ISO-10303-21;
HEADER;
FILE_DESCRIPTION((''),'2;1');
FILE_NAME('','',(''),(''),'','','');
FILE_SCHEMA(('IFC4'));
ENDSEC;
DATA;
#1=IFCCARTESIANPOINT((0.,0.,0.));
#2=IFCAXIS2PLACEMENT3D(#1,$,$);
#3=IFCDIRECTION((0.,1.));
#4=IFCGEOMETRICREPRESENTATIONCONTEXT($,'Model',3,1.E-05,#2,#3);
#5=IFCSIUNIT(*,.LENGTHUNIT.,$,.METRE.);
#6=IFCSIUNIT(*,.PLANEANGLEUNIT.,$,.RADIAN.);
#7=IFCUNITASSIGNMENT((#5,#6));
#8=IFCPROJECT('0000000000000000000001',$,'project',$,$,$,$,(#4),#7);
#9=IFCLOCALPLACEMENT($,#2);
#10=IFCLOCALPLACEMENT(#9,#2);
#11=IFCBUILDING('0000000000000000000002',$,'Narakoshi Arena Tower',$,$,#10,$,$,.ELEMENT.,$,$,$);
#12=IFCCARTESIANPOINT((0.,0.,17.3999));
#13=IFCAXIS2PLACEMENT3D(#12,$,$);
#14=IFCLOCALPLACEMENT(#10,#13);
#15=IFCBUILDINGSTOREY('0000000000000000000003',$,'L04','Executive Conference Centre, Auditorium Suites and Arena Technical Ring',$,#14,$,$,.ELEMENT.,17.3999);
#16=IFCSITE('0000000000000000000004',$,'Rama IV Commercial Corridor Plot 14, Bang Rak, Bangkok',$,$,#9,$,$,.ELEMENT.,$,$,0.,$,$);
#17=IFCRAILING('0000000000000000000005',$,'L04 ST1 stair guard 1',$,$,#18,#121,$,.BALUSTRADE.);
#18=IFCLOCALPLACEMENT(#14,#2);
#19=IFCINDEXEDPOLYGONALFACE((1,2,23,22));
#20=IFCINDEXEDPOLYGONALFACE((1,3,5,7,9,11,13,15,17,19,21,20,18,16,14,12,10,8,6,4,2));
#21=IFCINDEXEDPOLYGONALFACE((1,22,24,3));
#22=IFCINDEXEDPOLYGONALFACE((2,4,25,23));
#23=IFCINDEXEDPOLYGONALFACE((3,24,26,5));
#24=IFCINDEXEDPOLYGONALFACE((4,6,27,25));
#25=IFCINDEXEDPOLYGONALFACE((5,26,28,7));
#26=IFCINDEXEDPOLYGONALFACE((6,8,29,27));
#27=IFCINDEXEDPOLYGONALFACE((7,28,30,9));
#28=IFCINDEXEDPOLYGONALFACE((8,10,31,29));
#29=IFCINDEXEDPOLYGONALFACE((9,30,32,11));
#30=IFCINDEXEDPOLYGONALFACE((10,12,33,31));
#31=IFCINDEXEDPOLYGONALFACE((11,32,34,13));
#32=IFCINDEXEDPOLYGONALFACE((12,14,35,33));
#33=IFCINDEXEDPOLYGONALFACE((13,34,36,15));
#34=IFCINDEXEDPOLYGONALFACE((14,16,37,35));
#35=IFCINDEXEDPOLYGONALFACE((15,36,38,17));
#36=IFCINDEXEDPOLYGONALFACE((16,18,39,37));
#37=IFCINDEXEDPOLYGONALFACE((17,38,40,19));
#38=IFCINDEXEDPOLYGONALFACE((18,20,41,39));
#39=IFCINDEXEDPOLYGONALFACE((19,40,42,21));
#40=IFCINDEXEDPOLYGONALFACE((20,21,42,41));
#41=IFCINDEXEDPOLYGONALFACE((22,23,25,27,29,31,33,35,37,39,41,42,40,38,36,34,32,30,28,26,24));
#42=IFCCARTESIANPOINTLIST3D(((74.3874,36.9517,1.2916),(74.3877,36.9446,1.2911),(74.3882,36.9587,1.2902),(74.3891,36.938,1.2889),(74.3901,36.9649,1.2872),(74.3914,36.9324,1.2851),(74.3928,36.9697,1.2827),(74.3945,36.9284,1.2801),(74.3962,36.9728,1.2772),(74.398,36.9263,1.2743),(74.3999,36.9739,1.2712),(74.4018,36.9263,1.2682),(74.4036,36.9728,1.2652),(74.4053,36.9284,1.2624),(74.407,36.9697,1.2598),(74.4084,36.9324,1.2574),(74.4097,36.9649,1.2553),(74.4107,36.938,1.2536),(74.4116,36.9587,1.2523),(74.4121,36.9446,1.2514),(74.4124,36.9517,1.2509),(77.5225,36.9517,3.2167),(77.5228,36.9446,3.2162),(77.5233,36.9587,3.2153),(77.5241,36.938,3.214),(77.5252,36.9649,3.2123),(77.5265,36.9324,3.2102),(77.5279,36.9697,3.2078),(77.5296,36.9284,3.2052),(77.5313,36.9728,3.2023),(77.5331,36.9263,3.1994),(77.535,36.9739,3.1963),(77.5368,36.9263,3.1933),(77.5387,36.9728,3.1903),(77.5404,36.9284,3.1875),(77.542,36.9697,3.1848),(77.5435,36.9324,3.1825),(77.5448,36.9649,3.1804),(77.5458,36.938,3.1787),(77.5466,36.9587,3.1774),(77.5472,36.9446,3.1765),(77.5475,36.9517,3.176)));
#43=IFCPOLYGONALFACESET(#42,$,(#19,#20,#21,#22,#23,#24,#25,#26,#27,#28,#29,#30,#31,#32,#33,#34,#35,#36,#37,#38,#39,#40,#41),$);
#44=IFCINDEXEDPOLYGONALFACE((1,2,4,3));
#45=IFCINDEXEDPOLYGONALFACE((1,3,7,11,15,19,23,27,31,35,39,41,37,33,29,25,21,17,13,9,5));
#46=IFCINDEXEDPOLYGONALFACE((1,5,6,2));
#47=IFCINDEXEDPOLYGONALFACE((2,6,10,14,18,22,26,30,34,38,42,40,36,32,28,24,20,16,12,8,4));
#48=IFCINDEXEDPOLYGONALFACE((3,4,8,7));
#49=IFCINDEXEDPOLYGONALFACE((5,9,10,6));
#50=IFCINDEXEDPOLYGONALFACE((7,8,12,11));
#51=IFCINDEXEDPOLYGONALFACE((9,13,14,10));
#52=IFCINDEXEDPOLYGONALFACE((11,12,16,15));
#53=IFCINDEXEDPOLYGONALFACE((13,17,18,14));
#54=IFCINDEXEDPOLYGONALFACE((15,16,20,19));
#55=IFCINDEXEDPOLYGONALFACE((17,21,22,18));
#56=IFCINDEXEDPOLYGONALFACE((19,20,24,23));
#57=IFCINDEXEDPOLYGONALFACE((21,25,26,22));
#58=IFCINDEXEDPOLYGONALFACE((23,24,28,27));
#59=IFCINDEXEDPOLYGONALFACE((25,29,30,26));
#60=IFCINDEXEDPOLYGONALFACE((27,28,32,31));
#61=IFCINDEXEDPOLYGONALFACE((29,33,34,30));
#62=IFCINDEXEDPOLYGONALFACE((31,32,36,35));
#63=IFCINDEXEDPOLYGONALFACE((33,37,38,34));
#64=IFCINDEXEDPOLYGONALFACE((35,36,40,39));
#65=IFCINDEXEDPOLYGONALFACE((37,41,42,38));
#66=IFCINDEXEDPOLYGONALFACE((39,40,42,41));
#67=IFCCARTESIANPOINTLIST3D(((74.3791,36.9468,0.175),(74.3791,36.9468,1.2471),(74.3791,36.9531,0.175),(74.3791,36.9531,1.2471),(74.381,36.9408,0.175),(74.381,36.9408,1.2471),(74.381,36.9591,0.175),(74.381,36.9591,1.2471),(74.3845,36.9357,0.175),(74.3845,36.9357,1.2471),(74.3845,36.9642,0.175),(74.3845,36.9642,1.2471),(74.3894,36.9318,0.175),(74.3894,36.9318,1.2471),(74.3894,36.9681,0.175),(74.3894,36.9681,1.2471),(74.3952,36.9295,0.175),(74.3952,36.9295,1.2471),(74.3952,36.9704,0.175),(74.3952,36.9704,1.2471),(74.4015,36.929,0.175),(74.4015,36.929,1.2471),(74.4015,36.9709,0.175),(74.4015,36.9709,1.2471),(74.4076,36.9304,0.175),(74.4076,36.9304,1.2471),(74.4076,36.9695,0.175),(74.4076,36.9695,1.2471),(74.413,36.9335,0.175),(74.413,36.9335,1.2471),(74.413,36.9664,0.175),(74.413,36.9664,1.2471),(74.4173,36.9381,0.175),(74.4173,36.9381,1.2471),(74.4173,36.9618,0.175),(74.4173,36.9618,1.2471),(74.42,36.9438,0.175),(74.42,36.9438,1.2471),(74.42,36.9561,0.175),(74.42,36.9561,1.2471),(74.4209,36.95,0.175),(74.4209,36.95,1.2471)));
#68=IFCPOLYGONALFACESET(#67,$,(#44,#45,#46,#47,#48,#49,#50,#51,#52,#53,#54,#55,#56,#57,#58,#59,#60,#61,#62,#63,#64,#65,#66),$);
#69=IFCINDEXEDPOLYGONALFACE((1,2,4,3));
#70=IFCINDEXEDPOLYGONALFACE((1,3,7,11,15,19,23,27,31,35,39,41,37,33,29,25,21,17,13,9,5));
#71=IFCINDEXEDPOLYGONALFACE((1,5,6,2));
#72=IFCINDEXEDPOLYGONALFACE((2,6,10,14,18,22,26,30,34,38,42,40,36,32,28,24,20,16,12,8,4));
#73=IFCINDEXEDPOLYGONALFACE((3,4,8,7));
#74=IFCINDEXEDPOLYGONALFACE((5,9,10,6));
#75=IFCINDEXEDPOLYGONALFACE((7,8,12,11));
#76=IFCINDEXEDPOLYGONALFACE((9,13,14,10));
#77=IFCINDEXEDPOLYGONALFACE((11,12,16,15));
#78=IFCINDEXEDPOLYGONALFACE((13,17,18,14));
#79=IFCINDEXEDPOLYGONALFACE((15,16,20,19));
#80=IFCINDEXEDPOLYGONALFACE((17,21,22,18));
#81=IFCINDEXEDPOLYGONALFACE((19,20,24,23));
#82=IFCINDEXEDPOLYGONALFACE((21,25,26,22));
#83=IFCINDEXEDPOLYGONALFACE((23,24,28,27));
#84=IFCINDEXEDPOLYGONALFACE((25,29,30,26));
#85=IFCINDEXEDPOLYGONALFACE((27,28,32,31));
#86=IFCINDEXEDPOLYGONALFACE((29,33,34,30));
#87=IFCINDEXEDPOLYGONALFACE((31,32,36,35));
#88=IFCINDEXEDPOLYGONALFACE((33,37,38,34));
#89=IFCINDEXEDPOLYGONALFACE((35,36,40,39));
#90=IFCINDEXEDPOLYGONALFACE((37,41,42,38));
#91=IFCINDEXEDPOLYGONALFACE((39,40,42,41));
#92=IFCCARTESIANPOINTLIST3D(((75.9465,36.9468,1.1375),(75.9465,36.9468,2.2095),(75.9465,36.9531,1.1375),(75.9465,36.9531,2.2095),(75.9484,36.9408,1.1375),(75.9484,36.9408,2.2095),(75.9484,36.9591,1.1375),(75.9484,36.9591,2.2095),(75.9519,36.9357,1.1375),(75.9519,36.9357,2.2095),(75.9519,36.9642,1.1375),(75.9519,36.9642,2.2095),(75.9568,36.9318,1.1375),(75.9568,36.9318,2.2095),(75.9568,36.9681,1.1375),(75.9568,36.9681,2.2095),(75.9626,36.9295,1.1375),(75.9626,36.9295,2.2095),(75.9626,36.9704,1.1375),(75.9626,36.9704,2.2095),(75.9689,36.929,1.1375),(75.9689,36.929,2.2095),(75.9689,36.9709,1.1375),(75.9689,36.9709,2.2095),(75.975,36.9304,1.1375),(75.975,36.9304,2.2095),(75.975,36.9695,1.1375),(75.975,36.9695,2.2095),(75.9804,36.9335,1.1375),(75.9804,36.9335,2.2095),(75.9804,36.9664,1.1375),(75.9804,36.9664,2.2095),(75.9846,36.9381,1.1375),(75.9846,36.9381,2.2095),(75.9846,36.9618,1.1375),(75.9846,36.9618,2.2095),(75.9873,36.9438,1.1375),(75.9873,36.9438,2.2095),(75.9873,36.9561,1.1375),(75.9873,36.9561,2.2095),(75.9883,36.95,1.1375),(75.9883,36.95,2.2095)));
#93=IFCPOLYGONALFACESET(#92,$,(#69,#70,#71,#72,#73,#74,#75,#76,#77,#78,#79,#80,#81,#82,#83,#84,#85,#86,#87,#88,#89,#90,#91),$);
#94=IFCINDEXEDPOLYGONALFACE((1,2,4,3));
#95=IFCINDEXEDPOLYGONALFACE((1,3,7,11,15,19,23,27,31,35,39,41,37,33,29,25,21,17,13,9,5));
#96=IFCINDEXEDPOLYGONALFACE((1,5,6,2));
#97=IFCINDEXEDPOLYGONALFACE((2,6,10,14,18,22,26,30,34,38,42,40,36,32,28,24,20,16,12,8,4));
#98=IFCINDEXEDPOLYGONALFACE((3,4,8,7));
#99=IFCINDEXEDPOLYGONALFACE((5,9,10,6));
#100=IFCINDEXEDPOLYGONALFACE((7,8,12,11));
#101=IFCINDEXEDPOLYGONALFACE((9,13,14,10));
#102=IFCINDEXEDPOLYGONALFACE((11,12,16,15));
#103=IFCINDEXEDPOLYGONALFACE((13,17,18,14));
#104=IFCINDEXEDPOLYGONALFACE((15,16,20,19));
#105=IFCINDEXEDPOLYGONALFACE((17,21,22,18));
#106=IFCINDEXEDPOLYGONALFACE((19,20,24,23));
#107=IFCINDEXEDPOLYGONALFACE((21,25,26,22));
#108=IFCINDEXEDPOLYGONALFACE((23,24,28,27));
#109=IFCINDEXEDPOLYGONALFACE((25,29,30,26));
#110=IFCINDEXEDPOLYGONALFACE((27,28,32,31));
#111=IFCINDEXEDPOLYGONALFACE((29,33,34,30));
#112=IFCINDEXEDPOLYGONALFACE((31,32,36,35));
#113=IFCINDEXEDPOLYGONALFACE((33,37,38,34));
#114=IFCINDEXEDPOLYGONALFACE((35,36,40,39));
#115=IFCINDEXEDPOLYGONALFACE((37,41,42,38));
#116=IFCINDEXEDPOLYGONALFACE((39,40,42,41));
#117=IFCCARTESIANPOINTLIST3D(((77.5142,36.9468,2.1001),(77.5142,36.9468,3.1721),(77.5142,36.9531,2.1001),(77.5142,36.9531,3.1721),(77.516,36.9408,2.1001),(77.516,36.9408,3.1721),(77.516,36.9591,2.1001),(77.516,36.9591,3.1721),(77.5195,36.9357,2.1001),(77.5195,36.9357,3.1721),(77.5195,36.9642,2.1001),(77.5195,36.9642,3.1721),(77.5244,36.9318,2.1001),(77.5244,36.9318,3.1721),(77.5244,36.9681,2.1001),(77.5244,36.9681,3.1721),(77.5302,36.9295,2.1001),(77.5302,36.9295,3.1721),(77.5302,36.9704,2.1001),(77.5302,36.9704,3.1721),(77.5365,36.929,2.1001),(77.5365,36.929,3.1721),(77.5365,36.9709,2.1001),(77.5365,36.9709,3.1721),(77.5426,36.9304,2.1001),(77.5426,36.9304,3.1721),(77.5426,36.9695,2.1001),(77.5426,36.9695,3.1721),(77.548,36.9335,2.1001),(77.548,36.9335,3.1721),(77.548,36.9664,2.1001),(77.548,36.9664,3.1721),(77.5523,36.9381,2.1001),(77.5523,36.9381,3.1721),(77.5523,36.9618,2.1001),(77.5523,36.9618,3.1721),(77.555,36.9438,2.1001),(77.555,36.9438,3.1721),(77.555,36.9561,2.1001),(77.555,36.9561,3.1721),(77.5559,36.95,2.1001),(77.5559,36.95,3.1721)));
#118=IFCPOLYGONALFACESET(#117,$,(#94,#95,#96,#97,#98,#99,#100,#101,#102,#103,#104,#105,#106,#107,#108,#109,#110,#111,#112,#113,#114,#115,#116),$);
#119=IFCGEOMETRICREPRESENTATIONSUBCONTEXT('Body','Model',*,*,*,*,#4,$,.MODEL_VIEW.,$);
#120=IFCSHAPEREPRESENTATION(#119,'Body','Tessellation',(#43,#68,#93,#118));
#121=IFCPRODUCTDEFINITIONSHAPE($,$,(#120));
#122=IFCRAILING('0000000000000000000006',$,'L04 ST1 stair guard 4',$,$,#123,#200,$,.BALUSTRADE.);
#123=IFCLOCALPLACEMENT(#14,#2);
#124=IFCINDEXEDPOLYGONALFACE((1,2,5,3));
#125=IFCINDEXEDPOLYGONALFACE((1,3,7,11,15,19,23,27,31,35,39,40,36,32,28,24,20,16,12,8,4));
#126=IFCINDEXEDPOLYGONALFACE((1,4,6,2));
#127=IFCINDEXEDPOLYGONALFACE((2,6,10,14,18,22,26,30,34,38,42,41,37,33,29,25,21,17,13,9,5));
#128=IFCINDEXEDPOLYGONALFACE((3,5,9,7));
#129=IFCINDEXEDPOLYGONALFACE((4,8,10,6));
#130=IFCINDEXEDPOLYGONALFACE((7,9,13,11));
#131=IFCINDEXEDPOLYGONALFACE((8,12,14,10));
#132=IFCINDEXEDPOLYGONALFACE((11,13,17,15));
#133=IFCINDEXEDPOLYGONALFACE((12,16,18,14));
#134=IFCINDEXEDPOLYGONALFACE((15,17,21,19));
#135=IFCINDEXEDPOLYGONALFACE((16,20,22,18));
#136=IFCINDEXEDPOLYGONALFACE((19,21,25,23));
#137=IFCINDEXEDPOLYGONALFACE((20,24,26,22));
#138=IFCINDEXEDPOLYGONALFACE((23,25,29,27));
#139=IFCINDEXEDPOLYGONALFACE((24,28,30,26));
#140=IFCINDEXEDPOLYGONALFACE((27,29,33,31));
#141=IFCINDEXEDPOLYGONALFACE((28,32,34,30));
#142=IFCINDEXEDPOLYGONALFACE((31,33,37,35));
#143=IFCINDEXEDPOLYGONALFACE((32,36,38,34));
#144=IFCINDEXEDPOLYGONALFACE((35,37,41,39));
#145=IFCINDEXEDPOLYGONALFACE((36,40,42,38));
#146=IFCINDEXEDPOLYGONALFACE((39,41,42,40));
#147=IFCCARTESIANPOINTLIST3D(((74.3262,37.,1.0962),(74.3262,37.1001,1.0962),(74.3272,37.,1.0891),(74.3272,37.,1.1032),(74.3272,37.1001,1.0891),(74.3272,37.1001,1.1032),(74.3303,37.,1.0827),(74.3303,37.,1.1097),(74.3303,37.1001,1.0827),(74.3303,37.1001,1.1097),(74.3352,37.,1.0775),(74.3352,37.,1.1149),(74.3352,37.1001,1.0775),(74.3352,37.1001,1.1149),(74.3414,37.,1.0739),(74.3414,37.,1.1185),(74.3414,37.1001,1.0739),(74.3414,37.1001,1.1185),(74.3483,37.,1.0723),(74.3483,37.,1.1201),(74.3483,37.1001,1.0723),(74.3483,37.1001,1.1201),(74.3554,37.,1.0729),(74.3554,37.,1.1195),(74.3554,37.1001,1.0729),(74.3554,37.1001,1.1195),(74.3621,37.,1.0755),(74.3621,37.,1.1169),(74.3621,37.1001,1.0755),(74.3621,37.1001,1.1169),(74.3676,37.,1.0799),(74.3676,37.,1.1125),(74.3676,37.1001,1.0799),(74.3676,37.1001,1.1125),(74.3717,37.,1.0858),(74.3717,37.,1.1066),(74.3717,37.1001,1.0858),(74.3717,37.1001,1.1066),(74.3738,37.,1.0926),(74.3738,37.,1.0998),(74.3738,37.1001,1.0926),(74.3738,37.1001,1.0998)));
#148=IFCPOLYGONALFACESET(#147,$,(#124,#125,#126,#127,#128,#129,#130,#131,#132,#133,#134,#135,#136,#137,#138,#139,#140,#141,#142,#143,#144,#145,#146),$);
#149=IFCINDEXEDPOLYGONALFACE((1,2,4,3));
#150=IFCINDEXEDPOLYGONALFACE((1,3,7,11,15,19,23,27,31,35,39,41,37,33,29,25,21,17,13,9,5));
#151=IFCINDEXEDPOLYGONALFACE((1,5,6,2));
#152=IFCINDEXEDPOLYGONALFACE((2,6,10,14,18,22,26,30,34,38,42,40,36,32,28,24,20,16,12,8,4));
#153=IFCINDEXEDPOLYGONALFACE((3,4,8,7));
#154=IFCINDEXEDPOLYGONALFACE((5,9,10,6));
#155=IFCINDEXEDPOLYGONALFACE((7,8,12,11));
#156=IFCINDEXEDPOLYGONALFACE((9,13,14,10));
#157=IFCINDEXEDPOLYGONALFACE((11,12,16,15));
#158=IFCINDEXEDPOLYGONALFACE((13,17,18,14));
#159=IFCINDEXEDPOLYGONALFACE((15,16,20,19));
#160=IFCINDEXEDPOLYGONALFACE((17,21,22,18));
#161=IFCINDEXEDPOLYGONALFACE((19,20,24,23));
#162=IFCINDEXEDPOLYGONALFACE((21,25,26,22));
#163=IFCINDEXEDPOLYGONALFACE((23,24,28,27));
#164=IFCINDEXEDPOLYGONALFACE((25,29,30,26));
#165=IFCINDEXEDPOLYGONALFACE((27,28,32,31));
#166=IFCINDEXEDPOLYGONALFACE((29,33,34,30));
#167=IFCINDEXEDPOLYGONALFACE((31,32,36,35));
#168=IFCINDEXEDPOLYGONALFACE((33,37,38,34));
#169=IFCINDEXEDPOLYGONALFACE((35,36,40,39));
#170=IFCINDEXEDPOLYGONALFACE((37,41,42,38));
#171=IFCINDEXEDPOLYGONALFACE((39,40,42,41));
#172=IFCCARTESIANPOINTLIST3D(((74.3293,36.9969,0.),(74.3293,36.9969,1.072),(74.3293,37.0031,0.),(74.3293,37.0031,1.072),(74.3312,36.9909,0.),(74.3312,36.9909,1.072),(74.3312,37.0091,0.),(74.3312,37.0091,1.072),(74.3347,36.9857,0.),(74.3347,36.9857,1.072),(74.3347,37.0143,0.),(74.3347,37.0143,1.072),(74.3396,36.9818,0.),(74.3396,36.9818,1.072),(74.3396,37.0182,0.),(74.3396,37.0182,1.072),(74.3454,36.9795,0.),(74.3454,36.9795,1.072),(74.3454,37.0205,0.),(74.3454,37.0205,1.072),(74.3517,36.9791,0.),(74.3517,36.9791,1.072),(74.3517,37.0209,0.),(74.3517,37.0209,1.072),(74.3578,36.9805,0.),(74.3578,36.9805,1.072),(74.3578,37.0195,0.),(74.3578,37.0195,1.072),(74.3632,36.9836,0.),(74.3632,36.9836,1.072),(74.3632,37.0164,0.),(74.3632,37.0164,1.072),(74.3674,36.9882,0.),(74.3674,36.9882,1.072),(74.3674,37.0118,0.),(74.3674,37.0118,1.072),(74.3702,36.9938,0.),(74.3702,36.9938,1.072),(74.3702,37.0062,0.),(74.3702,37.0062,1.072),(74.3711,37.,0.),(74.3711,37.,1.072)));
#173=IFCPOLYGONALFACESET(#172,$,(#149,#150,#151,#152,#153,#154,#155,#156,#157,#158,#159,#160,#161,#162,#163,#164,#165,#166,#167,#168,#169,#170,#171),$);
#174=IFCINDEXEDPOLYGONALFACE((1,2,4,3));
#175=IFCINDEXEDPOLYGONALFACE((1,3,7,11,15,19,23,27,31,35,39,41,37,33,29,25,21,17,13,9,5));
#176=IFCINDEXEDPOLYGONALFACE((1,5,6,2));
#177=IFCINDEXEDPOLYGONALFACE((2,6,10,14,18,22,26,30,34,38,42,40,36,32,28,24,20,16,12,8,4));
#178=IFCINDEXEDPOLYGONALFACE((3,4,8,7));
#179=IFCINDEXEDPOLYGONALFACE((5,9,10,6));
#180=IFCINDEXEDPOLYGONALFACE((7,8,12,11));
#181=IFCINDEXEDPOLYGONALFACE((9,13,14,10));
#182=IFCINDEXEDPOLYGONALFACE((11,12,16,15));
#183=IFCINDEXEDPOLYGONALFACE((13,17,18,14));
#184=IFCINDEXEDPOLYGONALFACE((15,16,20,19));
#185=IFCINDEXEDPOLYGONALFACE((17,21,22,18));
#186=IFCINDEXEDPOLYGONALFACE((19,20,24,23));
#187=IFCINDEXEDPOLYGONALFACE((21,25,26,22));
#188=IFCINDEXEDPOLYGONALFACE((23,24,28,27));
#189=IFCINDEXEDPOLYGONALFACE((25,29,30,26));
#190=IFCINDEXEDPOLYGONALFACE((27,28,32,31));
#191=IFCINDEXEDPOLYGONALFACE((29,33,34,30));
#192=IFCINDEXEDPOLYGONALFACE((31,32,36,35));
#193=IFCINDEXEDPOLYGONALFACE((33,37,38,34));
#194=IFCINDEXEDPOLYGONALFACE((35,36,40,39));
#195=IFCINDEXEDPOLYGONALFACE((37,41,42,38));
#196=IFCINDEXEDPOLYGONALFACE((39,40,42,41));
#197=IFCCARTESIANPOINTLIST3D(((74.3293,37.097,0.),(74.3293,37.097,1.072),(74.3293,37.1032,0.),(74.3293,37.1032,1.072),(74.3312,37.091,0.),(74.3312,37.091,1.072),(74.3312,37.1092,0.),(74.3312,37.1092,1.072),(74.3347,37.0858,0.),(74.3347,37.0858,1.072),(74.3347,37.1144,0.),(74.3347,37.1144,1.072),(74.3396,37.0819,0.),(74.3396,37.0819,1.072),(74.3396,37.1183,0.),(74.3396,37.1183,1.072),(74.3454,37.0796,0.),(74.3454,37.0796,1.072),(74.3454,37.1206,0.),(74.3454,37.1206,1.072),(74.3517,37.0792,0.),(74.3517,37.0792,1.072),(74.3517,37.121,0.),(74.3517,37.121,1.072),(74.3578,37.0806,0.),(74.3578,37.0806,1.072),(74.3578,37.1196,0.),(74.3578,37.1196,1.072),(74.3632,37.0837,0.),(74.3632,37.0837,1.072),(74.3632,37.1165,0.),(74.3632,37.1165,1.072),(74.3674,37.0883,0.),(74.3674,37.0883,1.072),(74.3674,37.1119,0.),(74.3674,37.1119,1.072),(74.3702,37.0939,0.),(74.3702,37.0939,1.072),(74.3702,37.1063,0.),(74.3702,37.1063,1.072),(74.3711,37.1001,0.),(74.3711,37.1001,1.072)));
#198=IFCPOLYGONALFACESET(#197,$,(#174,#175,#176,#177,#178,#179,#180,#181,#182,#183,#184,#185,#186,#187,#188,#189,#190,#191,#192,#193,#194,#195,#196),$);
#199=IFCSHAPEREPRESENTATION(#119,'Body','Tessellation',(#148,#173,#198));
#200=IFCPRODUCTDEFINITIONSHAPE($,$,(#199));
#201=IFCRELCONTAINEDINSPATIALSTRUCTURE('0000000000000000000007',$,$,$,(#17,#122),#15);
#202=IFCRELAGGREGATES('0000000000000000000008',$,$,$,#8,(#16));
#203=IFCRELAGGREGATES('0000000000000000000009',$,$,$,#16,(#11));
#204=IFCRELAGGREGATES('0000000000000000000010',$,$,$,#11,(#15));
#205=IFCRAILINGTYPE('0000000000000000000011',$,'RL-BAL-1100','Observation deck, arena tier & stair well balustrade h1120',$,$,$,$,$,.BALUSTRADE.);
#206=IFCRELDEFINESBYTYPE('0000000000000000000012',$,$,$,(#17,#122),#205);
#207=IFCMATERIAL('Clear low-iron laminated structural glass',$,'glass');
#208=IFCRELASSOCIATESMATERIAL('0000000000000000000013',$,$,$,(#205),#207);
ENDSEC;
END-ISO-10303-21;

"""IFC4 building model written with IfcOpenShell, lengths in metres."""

from ifc_helpers import new_model, si_unit, direction, frame, origin, origin_2d, place, context, subcontext, project, spatial, circle, extrude, material, type_object, element, save


model = new_model("IFC4")

# Units and contexts
model_context = context("Model", 3, precision=1e-05, world=origin(), true_north=direction((0.0, 1.0)))
body_context = subcontext(model_context, "Body", "Model", "MODEL_VIEW")
ifc_project = project(units=[si_unit("LENGTHUNIT", "METRE"), si_unit("PLANEANGLEUNIT", "RADIAN")], contexts=[model_context])

# Site, building, storey
site_placement = place(None, origin())
site = spatial("IfcSite", under=ifc_project, at=site_placement, Name="Rama IV Commercial Corridor Plot 14, Bang Rak, Bangkok", CompositionType="ELEMENT", RefElevation=0.0)
building_placement = place(site_placement, origin())
building = spatial("IfcBuilding", under=site, at=building_placement, Name="Narakoshi Arena Tower", CompositionType="ELEMENT")
storey_placement = place(building_placement, frame((0.0, 0.0, 17.3999)))
storey = spatial("IfcBuildingStorey", under=building, at=storey_placement, Name="L04", Description="Executive Conference Centre, Auditorium Suites and Arena Technical Ring", CompositionType="ELEMENT", Elevation=17.3999)

# Railings
ifc_material_1 = material(Name="Clear low-iron laminated structural glass", Category="glass")
railing_type_1 = type_object("IfcRailingType", Name="RL-BAL-1100", Description="Observation deck, arena tier & stair well balustrade h1120", PredefinedType="BALUSTRADE", material=ifc_material_1)
railing_1_placement = place(storey_placement, frame((74.3999, 36.95, 0.175)))
element("IfcRailing", 1, at=railing_1_placement, inside=storey, type_object=railing_type_1, Name="L04 ST1 stair guard 1", PredefinedType="BALUSTRADE", context=body_context, shape_type="SweptSolid", body=[
    extrude(circle(Radius=0.0239, at=origin_2d()), frame((0.0, 0.0, 1.0962), z_axis=(0.852166, 0.0, 0.523271), x_axis=(0.0, 1.0, 0.0)), (0.0, 0.0, 1.0), 3.679),
    extrude(circle(Radius=0.021, at=origin_2d()), origin(), (0.0, 0.0, 1.0), 1.072),
    extrude(circle(Radius=0.021, at=origin_2d()), frame((1.5674, 0.0, 0.9624)), (0.0, 0.0, 1.0), 1.072),
    extrude(circle(Radius=0.021, at=origin_2d()), frame((3.135, 0.0, 1.925)), (0.0, 0.0, 1.0), 1.072),
])
railing_2_placement = place(storey_placement, frame((74.3501, 37.0, 0.0)))
element("IfcRailing", 2, at=railing_2_placement, inside=storey, type_object=railing_type_1, Name="L04 ST1 stair guard 4", PredefinedType="BALUSTRADE", context=body_context, shape_type="SweptSolid", body=[
    extrude(circle(Radius=0.0239, at=origin_2d()), frame((0.0, 0.0, 1.0962), z_axis=(0.0, 1.0, 0.0), x_axis=(-1.0, 0.0, 0.0)), (0.0, 0.0, 1.0), 0.1001),
    extrude(circle(Radius=0.021, at=origin_2d()), origin(), (0.0, 0.0, 1.0), 1.072),
    extrude(circle(Radius=0.021, at=origin_2d()), frame((0.0, 0.1001, 0.0)), (0.0, 0.0, 1.0), 1.072),
])

save(model, "model.ifc")
